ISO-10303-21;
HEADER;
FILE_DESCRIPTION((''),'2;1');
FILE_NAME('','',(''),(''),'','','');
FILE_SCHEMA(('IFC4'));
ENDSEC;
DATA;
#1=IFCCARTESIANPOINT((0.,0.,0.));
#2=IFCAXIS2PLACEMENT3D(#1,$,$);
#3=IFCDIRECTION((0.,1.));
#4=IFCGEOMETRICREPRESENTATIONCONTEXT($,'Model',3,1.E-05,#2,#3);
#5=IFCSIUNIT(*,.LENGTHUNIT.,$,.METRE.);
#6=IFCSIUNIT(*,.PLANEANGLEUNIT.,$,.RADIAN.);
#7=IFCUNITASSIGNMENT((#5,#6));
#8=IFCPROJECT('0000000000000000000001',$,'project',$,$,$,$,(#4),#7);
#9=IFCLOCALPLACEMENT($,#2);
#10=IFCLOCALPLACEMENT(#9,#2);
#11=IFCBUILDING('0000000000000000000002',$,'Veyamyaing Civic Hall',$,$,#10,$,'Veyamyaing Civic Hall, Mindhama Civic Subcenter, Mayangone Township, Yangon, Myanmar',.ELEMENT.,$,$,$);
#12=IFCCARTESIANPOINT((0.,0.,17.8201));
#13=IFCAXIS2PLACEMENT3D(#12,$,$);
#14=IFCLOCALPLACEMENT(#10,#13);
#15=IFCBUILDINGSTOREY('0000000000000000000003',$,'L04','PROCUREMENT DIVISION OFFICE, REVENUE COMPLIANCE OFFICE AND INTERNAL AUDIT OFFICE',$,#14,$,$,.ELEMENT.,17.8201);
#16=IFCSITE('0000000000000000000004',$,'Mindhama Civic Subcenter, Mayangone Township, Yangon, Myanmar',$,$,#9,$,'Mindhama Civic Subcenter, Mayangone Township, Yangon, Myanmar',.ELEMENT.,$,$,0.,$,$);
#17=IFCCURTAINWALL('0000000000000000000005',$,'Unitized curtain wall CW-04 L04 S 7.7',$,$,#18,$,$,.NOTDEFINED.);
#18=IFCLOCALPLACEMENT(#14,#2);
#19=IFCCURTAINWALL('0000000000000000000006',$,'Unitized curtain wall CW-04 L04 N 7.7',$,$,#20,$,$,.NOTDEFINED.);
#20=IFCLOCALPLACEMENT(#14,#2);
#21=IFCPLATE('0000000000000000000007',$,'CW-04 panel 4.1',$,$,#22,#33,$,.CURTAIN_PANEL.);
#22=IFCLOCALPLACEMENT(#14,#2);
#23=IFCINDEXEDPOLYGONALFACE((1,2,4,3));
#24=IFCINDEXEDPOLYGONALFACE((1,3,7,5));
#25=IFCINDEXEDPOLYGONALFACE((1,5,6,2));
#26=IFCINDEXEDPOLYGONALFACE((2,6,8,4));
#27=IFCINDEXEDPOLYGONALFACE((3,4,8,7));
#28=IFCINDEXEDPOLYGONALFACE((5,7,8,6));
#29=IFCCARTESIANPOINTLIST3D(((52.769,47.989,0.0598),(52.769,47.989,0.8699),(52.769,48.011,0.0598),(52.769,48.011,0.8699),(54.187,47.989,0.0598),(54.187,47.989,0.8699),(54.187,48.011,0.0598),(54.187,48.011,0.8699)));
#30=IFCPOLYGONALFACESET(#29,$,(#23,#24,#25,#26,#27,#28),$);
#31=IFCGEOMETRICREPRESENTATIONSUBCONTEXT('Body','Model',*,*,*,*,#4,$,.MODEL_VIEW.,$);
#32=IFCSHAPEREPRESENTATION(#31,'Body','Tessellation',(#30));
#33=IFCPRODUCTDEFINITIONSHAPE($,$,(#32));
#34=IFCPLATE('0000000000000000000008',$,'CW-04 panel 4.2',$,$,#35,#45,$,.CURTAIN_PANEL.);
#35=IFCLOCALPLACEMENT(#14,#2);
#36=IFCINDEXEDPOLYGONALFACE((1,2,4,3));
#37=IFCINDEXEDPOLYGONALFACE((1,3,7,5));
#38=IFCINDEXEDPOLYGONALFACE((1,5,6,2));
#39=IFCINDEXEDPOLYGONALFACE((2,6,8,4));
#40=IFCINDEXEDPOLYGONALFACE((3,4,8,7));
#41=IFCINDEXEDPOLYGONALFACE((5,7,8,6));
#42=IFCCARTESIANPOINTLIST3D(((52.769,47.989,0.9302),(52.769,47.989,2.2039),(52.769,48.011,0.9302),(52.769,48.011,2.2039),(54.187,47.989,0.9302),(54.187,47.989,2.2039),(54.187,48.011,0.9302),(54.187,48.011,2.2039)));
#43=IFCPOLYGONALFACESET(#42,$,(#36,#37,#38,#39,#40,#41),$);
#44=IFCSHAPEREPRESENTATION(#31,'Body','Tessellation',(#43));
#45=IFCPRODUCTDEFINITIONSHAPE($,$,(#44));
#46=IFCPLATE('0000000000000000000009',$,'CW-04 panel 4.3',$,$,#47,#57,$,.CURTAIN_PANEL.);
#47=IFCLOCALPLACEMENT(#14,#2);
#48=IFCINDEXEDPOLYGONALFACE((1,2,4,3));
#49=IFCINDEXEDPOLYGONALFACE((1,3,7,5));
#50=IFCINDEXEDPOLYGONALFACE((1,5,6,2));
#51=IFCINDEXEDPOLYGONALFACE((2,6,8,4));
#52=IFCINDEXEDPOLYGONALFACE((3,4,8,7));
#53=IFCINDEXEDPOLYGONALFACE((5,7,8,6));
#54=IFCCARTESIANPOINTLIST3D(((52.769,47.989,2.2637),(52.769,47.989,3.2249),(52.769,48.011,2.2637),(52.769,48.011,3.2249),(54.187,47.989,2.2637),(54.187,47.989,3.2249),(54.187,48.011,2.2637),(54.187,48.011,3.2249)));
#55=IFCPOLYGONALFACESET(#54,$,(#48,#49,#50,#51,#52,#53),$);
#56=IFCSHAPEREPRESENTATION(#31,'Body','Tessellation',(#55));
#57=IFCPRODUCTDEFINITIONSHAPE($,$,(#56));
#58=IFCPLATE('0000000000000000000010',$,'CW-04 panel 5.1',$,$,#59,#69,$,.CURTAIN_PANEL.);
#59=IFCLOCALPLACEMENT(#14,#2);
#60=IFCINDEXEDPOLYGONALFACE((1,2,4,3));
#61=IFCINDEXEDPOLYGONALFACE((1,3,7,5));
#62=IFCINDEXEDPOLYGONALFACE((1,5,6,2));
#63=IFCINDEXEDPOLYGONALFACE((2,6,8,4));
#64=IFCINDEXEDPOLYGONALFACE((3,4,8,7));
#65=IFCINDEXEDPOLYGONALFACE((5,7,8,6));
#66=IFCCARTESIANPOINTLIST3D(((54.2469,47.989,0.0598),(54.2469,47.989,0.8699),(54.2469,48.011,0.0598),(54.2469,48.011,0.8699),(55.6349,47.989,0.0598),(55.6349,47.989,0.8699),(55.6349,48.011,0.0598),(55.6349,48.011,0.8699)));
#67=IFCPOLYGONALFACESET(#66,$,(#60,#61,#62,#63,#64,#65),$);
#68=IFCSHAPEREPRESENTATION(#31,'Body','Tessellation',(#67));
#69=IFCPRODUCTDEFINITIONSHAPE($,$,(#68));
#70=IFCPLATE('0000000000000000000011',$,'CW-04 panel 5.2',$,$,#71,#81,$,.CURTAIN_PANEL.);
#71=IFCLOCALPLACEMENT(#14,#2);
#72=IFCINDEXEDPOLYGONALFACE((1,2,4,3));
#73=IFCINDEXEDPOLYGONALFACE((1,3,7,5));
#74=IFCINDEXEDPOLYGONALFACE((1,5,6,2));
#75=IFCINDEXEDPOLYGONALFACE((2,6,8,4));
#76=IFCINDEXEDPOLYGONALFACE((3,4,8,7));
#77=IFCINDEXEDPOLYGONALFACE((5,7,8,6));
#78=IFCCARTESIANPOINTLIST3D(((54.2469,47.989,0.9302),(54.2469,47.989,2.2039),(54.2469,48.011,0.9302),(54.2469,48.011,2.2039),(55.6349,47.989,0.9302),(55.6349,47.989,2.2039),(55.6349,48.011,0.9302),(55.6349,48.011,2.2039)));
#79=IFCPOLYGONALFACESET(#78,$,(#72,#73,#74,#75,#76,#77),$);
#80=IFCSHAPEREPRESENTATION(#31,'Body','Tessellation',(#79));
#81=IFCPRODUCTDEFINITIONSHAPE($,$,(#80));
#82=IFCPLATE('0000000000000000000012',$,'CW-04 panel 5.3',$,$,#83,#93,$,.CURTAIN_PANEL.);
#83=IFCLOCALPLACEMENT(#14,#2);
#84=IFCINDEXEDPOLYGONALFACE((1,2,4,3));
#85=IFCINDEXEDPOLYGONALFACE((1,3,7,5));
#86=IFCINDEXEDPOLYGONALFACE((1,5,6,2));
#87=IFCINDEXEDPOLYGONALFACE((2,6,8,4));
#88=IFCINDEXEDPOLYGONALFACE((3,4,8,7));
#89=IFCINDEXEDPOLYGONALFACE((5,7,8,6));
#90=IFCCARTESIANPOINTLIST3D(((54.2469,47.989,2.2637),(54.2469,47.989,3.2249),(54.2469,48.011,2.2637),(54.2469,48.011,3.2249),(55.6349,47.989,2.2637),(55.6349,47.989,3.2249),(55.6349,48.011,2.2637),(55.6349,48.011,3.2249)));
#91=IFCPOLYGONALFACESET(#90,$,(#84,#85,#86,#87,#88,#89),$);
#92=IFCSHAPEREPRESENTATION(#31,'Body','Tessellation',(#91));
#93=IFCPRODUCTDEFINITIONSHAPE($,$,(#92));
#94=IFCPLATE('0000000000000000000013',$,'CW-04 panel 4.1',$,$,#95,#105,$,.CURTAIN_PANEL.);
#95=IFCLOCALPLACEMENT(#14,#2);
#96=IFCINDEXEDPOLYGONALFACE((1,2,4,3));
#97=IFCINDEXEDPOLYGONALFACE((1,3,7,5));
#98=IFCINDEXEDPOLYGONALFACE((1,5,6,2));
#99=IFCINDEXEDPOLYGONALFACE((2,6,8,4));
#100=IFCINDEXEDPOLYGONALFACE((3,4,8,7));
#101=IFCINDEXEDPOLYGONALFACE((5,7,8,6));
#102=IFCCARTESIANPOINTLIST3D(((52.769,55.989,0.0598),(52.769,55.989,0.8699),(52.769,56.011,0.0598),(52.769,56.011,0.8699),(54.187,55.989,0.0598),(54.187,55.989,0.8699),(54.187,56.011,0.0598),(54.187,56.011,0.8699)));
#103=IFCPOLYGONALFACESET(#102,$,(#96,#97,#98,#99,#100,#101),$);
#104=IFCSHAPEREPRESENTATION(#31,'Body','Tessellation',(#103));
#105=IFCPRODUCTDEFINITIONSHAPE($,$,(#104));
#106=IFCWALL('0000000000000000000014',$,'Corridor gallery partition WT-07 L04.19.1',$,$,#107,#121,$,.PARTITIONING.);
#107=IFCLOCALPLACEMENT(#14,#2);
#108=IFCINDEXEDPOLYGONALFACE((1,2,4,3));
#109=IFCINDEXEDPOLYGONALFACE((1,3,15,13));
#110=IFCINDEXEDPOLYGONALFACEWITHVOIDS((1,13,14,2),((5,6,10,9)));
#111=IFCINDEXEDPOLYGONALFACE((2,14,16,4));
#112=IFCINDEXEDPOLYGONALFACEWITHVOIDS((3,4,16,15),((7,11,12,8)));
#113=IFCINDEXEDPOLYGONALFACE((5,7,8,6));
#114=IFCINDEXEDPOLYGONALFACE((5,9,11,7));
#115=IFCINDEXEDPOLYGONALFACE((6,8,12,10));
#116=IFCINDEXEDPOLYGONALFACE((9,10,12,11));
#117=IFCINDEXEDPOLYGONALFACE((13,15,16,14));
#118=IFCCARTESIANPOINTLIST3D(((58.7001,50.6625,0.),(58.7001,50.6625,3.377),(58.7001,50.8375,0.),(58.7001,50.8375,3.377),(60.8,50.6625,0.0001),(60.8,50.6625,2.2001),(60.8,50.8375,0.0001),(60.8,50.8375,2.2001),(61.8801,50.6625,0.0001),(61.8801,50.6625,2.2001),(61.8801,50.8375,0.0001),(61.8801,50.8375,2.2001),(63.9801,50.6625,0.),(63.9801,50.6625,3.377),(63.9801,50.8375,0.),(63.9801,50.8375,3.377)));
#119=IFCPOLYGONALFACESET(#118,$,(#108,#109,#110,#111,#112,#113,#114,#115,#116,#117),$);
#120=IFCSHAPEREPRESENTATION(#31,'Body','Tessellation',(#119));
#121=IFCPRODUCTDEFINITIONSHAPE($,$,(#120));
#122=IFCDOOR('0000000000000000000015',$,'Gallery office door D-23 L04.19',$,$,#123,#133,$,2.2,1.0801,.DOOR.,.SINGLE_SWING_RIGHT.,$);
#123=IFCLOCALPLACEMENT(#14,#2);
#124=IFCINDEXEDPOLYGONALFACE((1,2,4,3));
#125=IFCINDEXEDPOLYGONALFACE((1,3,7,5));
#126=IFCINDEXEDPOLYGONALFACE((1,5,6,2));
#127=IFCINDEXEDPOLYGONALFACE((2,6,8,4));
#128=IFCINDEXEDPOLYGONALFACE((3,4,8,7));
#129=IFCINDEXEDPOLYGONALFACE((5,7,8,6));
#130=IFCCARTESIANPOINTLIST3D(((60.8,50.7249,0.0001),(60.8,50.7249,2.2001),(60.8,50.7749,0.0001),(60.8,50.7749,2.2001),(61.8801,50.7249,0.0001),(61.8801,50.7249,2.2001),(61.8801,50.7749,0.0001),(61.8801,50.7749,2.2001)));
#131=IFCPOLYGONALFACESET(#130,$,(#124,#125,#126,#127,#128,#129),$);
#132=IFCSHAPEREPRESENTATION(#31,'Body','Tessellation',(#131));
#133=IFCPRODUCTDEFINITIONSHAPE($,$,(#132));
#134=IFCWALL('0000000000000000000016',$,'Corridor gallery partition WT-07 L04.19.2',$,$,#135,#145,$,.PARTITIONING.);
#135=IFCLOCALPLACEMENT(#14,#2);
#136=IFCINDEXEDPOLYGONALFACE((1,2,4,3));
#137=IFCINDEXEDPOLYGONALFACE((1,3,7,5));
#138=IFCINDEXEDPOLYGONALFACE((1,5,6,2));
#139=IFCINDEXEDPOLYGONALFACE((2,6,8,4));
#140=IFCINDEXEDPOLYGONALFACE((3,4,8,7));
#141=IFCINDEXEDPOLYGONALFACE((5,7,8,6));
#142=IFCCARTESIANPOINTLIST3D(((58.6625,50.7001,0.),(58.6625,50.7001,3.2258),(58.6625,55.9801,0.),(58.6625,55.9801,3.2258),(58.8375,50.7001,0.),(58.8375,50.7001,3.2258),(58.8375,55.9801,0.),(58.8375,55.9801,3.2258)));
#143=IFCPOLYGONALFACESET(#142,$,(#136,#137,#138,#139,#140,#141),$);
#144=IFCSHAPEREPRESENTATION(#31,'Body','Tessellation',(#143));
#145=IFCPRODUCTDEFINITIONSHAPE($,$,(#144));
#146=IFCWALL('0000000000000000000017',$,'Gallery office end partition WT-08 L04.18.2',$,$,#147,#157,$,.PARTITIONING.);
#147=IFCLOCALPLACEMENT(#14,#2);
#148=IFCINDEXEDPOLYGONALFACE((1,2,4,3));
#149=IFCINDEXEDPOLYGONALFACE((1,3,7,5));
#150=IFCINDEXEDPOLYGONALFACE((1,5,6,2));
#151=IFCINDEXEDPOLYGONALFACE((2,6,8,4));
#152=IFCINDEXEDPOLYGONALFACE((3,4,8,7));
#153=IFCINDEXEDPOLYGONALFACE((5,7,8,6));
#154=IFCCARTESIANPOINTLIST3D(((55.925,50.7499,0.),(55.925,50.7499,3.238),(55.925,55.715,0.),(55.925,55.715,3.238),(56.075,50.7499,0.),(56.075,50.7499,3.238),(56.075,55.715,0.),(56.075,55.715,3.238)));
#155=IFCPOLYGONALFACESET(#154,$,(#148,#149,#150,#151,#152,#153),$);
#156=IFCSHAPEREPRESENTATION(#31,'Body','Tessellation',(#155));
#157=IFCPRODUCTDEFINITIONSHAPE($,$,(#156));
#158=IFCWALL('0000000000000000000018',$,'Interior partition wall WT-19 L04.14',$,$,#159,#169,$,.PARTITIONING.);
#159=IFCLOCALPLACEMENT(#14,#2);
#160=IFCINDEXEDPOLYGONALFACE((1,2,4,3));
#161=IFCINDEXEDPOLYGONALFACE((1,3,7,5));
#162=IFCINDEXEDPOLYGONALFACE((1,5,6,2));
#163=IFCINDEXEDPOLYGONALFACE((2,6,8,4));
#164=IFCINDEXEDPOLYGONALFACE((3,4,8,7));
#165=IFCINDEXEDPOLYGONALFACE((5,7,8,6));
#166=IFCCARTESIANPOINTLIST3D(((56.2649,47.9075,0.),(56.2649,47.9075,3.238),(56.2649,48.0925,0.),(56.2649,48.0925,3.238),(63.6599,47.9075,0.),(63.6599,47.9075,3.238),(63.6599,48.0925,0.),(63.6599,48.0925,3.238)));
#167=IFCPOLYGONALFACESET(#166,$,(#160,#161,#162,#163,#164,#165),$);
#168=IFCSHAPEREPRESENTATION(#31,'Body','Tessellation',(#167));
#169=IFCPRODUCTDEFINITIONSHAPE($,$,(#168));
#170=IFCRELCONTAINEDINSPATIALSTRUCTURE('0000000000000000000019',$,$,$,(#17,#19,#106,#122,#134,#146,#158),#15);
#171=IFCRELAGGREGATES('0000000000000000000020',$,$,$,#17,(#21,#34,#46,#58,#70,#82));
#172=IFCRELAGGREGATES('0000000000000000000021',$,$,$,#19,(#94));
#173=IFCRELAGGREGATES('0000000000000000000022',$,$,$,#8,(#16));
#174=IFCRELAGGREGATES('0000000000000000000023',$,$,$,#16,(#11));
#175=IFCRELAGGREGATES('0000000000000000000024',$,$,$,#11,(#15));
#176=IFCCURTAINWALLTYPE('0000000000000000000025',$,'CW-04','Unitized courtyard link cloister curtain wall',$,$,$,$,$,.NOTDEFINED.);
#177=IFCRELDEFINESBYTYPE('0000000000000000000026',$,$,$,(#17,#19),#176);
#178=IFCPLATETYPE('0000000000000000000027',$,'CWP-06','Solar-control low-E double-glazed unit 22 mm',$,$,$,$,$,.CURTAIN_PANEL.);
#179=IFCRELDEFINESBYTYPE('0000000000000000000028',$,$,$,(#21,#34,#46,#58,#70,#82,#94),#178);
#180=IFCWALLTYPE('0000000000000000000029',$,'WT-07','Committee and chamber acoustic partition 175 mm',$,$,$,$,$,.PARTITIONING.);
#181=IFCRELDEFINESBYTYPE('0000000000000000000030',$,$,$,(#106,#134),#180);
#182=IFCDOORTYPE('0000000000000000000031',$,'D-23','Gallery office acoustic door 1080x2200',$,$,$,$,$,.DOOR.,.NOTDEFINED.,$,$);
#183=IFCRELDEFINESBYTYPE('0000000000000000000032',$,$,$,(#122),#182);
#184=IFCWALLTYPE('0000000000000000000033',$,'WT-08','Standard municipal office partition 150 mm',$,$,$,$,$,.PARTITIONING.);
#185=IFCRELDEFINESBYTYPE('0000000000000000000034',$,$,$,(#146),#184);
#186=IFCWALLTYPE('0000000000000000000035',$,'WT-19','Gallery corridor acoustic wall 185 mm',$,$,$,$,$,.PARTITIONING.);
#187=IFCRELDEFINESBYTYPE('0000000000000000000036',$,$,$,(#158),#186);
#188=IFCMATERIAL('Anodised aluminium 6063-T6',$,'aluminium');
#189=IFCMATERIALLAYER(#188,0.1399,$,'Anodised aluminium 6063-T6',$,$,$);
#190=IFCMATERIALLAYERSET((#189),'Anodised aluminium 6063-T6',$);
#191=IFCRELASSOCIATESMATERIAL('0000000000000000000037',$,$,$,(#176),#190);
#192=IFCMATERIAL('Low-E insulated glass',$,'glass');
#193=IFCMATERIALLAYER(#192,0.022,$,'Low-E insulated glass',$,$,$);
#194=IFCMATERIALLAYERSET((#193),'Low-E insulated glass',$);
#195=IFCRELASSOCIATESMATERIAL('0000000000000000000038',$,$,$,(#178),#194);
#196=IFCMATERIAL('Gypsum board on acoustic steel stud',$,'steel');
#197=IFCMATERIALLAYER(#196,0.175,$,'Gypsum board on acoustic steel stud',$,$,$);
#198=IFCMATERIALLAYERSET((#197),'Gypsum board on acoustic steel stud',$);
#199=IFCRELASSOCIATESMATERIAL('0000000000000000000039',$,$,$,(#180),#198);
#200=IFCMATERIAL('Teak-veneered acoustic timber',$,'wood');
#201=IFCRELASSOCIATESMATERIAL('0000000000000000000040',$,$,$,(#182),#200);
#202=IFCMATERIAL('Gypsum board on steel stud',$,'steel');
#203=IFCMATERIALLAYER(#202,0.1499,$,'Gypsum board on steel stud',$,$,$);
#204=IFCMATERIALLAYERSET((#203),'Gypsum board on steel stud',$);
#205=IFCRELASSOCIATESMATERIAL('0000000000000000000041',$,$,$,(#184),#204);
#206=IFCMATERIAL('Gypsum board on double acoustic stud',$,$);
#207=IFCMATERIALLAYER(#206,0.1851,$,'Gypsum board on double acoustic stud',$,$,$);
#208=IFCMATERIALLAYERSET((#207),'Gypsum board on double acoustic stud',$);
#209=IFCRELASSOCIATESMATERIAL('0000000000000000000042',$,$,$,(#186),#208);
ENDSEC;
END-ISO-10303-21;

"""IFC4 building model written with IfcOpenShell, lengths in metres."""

from ifc_helpers import new_model, si_unit, direction, frame, frame_2d, origin, origin_2d, place, context, subcontext, project, spatial, rectangle, extrude, material, layer, layer_set, type_object, element, fill, aggregate, save


model = new_model("IFC4")

# Units and contexts
model_context = context("Model", 3, precision=1e-05, world=origin(), true_north=direction((0.0, 1.0)))
body_context = subcontext(model_context, "Body", "Model", "MODEL_VIEW")
ifc_project = project(units=[si_unit("LENGTHUNIT", "METRE"), si_unit("PLANEANGLEUNIT", "RADIAN")], contexts=[model_context])

# Site, building, storey
site_placement = place(None, origin())
site = spatial("IfcSite", under=ifc_project, at=site_placement, Name="Mindhama Civic Subcenter, Mayangone Township, Yangon, Myanmar", LongName="Mindhama Civic Subcenter, Mayangone Township, Yangon, Myanmar", CompositionType="ELEMENT", RefElevation=0.0)
building_placement = place(site_placement, origin())
building = spatial("IfcBuilding", under=site, at=building_placement, Name="Veyamyaing Civic Hall", LongName="Veyamyaing Civic Hall, Mindhama Civic Subcenter, Mayangone Township, Yangon, Myanmar", CompositionType="ELEMENT")
storey_placement = place(building_placement, frame((0.0, 0.0, 17.8201)))
storey = spatial("IfcBuildingStorey", under=building, at=storey_placement, Name="L04", Description="PROCUREMENT DIVISION OFFICE, REVENUE COMPLIANCE OFFICE AND INTERNAL AUDIT OFFICE", CompositionType="ELEMENT", Elevation=17.8201)

# Curtain walls
ifc_material_1 = material(Name="Anodised aluminium 6063-T6", Category="aluminium")
ifc_layer_1 = layer(ifc_material_1, 0.1399, Name="Anodised aluminium 6063-T6")
ifc_layer_set_1 = layer_set([ifc_layer_1], Name="Anodised aluminium 6063-T6")
curtain_wall_type = type_object("IfcCurtainWallType", Name="CW-04", Description="Unitized courtyard link cloister curtain wall", PredefinedType="NOTDEFINED", material=ifc_layer_set_1)
curtain_wall_1_placement = place(storey_placement, origin())
curtain_wall_1 = element("IfcCurtainWall", 1, at=curtain_wall_1_placement, inside=storey, type_object=curtain_wall_type, Name="Unitized curtain wall CW-04 L04 S 7.7", PredefinedType="NOTDEFINED")
curtain_wall_2_placement = place(storey_placement, origin())
curtain_wall_2 = element("IfcCurtainWall", 2, at=curtain_wall_2_placement, inside=storey, type_object=curtain_wall_type, Name="Unitized curtain wall CW-04 L04 N 7.7", PredefinedType="NOTDEFINED")

# Plates
ifc_material_2 = material(Name="Low-E insulated glass", Category="glass")
ifc_layer_2 = layer(ifc_material_2, 0.022, Name="Low-E insulated glass")
ifc_layer_set_2 = layer_set([ifc_layer_2], Name="Low-E insulated glass")
plate_type = type_object("IfcPlateType", Name="CWP-06", Description="Solar-control low-E double-glazed unit 22 mm", PredefinedType="CURTAIN_PANEL", material=ifc_layer_set_2)
plate_1_placement = place(storey_placement, frame((53.478, 48.0, 0.0598), z_axis=(0.0, 0.0, 1.0), x_axis=(1.0, 0.0, 0.0)))
plate_1 = element("IfcPlate", 3, at=plate_1_placement, type_object=plate_type, Name="CW-04 panel 4.1", PredefinedType="CURTAIN_PANEL", context=body_context, shape_type="SweptSolid", body=[
    extrude(rectangle(XDim=1.418, YDim=0.022, at=origin_2d()), origin(), (0.0, 0.0, 1.0), 0.8101),
])
plate_2_placement = place(storey_placement, frame((53.478, 48.0, 0.9302), z_axis=(0.0, 0.0, 1.0), x_axis=(1.0, 0.0, 0.0)))
plate_2 = element("IfcPlate", 4, at=plate_2_placement, type_object=plate_type, Name="CW-04 panel 4.2", PredefinedType="CURTAIN_PANEL", context=body_context, shape_type="SweptSolid", body=[
    extrude(rectangle(XDim=1.418, YDim=0.022, at=origin_2d()), origin(), (0.0, 0.0, 1.0), 1.2737),
])
plate_3_placement = place(storey_placement, frame((53.478, 48.0, 2.2637), z_axis=(0.0, 0.0, 1.0), x_axis=(1.0, 0.0, 0.0)))
plate_3 = element("IfcPlate", 5, at=plate_3_placement, type_object=plate_type, Name="CW-04 panel 4.3", PredefinedType="CURTAIN_PANEL", context=body_context, shape_type="SweptSolid", body=[
    extrude(rectangle(XDim=1.418, YDim=0.022, at=origin_2d()), origin(), (0.0, 0.0, 1.0), 0.9612),
])
plate_4_placement = place(storey_placement, frame((54.9409, 48.0, 0.0598), z_axis=(0.0, 0.0, 1.0), x_axis=(1.0, 0.0, 0.0)))
plate_4 = element("IfcPlate", 6, at=plate_4_placement, type_object=plate_type, Name="CW-04 panel 5.1", PredefinedType="CURTAIN_PANEL", context=body_context, shape_type="SweptSolid", body=[
    extrude(rectangle(XDim=1.3879, YDim=0.022, at=origin_2d()), origin(), (0.0, 0.0, 1.0), 0.8101),
])
plate_5_placement = place(storey_placement, frame((54.9409, 48.0, 0.9302), z_axis=(0.0, 0.0, 1.0), x_axis=(1.0, 0.0, 0.0)))
plate_5 = element("IfcPlate", 7, at=plate_5_placement, type_object=plate_type, Name="CW-04 panel 5.2", PredefinedType="CURTAIN_PANEL", context=body_context, shape_type="SweptSolid", body=[
    extrude(rectangle(XDim=1.3879, YDim=0.022, at=origin_2d()), origin(), (0.0, 0.0, 1.0), 1.2737),
])
plate_6_placement = place(storey_placement, frame((54.9409, 48.0, 2.2637), z_axis=(0.0, 0.0, 1.0), x_axis=(1.0, 0.0, 0.0)))
plate_6 = element("IfcPlate", 8, at=plate_6_placement, type_object=plate_type, Name="CW-04 panel 5.3", PredefinedType="CURTAIN_PANEL", context=body_context, shape_type="SweptSolid", body=[
    extrude(rectangle(XDim=1.3879, YDim=0.022, at=origin_2d()), origin(), (0.0, 0.0, 1.0), 0.9612),
])
aggregate(curtain_wall_1, [plate_1, plate_2, plate_3, plate_4, plate_5, plate_6])
plate_7_placement = place(storey_placement, frame((53.478, 56.0, 0.0598), z_axis=(0.0, 0.0, 1.0), x_axis=(1.0, 0.0, 0.0)))
plate_7 = element("IfcPlate", 9, at=plate_7_placement, type_object=plate_type, Name="CW-04 panel 4.1", PredefinedType="CURTAIN_PANEL", context=body_context, shape_type="SweptSolid", body=[
    extrude(rectangle(XDim=1.418, YDim=0.022, at=origin_2d()), origin(), (0.0, 0.0, 1.0), 0.8101),
])
aggregate(curtain_wall_2, [plate_7])

# Wall, opening, door
ifc_material_3 = material(Name="Gypsum board on acoustic steel stud", Category="steel")
ifc_layer_3 = layer(ifc_material_3, 0.175, Name="Gypsum board on acoustic steel stud")
ifc_layer_set_3 = layer_set([ifc_layer_3], Name="Gypsum board on acoustic steel stud")
wall_type_1 = type_object("IfcWallType", Name="WT-07", Description="Committee and chamber acoustic partition 175 mm", PredefinedType="PARTITIONING", material=ifc_layer_set_3)
wall_1_placement = place(storey_placement, frame((58.7, 50.75, 0.0), z_axis=(0.0, 0.0, 1.0), x_axis=(1.0, 0.0, 0.0)))
wall_1 = element("IfcWall", 10, at=wall_1_placement, inside=storey, type_object=wall_type_1, Name="Corridor gallery partition WT-07 L04.19.1", PredefinedType="PARTITIONING", context=body_context, shape_type="SweptSolid", body=[
    extrude(rectangle(XDim=5.28, YDim=0.175, at=frame_2d((2.6401, 0.0))), origin(), (0.0, 0.0, 1.0), 3.377),
])
opening_placement = place(wall_1_placement, frame((2.1001, 0.0, 0.0)))
opening = element("IfcOpeningElement", 11, at=opening_placement, cuts=wall_1, PredefinedType="OPENING", context=body_context, shape_type="SweptSolid", body=[
    extrude(rectangle(XDim=1.0801, YDim=2.2, at=frame_2d((0.54, 1.1001))), frame((0.0, 0.0974, 0.0), z_axis=(0.0, -1.0, 0.0), x_axis=(1.0, 0.0, 0.0)), (0.0, 0.0, 1.0), 0.1951),
])
ifc_material_4 = material(Name="Teak-veneered acoustic timber", Category="wood")
door_type = type_object("IfcDoorType", Name="D-23", Description="Gallery office acoustic door 1080x2200", OperationType="NOTDEFINED", PredefinedType="DOOR", material=ifc_material_4)
door_placement = place(opening_placement, origin())
door = element("IfcDoor", 12, at=door_placement, inside=storey, type_object=door_type, Name="Gallery office door D-23 L04.19", OperationType="SINGLE_SWING_RIGHT", OverallHeight=2.2, OverallWidth=1.0801, PredefinedType="DOOR", context=body_context, shape_type="SweptSolid", body=[
    extrude(rectangle(XDim=1.0801, YDim=2.2, at=frame_2d((0.54, 1.1001))), frame((0.0, 0.0249, 0.0), z_axis=(0.0, -1.0, 0.0), x_axis=(1.0, 0.0, 0.0)), (0.0, 0.0, 1.0), 0.05),
])
fill(opening, door)

# Walls
wall_2_placement = place(storey_placement, frame((58.75, 50.7, 0.0), z_axis=(0.0, 0.0, 1.0), x_axis=(0.0, 1.0, 0.0)))
element("IfcWall", 13, at=wall_2_placement, inside=storey, type_object=wall_type_1, Name="Corridor gallery partition WT-07 L04.19.2", PredefinedType="PARTITIONING", context=body_context, shape_type="SweptSolid", body=[
    extrude(rectangle(XDim=5.28, YDim=0.175, at=frame_2d((2.6401, 0.0))), origin(), (0.0, 0.0, 1.0), 3.2258),
])
ifc_material_5 = material(Name="Gypsum board on steel stud", Category="steel")
ifc_layer_4 = layer(ifc_material_5, 0.1499, Name="Gypsum board on steel stud")
ifc_layer_set_4 = layer_set([ifc_layer_4], Name="Gypsum board on steel stud")
wall_type_2 = type_object("IfcWallType", Name="WT-08", Description="Standard municipal office partition 150 mm", PredefinedType="PARTITIONING", material=ifc_layer_set_4)
wall_3_placement = place(storey_placement, frame((56.0, 50.75, 0.0), z_axis=(0.0, 0.0, 1.0), x_axis=(0.0, 1.0, 0.0)))
element("IfcWall", 14, at=wall_3_placement, inside=storey, type_object=wall_type_2, Name="Gallery office end partition WT-08 L04.18.2", PredefinedType="PARTITIONING", context=body_context, shape_type="SweptSolid", body=[
    extrude(rectangle(XDim=4.9651, YDim=0.1499, at=frame_2d((2.4824, 0.0))), origin(), (0.0, 0.0, 1.0), 3.238),
])
ifc_material_6 = material(Name="Gypsum board on double acoustic stud")
ifc_layer_5 = layer(ifc_material_6, 0.1851, Name="Gypsum board on double acoustic stud")
ifc_layer_set_5 = layer_set([ifc_layer_5], Name="Gypsum board on double acoustic stud")
wall_type_3 = type_object("IfcWallType", Name="WT-19", Description="Gallery corridor acoustic wall 185 mm", PredefinedType="PARTITIONING", material=ifc_layer_set_5)
wall_4_placement = place(storey_placement, frame((56.2649, 48.0, 0.0), z_axis=(0.0, 0.0, 1.0), x_axis=(1.0, 0.0, 0.0)))
element("IfcWall", 15, at=wall_4_placement, inside=storey, type_object=wall_type_3, Name="Interior partition wall WT-19 L04.14", PredefinedType="PARTITIONING", context=body_context, shape_type="SweptSolid", body=[
    extrude(rectangle(XDim=7.395, YDim=0.1851, at=frame_2d((3.6975, 0.0))), origin(), (0.0, 0.0, 1.0), 3.238),
])

save(model, "model.ifc")
